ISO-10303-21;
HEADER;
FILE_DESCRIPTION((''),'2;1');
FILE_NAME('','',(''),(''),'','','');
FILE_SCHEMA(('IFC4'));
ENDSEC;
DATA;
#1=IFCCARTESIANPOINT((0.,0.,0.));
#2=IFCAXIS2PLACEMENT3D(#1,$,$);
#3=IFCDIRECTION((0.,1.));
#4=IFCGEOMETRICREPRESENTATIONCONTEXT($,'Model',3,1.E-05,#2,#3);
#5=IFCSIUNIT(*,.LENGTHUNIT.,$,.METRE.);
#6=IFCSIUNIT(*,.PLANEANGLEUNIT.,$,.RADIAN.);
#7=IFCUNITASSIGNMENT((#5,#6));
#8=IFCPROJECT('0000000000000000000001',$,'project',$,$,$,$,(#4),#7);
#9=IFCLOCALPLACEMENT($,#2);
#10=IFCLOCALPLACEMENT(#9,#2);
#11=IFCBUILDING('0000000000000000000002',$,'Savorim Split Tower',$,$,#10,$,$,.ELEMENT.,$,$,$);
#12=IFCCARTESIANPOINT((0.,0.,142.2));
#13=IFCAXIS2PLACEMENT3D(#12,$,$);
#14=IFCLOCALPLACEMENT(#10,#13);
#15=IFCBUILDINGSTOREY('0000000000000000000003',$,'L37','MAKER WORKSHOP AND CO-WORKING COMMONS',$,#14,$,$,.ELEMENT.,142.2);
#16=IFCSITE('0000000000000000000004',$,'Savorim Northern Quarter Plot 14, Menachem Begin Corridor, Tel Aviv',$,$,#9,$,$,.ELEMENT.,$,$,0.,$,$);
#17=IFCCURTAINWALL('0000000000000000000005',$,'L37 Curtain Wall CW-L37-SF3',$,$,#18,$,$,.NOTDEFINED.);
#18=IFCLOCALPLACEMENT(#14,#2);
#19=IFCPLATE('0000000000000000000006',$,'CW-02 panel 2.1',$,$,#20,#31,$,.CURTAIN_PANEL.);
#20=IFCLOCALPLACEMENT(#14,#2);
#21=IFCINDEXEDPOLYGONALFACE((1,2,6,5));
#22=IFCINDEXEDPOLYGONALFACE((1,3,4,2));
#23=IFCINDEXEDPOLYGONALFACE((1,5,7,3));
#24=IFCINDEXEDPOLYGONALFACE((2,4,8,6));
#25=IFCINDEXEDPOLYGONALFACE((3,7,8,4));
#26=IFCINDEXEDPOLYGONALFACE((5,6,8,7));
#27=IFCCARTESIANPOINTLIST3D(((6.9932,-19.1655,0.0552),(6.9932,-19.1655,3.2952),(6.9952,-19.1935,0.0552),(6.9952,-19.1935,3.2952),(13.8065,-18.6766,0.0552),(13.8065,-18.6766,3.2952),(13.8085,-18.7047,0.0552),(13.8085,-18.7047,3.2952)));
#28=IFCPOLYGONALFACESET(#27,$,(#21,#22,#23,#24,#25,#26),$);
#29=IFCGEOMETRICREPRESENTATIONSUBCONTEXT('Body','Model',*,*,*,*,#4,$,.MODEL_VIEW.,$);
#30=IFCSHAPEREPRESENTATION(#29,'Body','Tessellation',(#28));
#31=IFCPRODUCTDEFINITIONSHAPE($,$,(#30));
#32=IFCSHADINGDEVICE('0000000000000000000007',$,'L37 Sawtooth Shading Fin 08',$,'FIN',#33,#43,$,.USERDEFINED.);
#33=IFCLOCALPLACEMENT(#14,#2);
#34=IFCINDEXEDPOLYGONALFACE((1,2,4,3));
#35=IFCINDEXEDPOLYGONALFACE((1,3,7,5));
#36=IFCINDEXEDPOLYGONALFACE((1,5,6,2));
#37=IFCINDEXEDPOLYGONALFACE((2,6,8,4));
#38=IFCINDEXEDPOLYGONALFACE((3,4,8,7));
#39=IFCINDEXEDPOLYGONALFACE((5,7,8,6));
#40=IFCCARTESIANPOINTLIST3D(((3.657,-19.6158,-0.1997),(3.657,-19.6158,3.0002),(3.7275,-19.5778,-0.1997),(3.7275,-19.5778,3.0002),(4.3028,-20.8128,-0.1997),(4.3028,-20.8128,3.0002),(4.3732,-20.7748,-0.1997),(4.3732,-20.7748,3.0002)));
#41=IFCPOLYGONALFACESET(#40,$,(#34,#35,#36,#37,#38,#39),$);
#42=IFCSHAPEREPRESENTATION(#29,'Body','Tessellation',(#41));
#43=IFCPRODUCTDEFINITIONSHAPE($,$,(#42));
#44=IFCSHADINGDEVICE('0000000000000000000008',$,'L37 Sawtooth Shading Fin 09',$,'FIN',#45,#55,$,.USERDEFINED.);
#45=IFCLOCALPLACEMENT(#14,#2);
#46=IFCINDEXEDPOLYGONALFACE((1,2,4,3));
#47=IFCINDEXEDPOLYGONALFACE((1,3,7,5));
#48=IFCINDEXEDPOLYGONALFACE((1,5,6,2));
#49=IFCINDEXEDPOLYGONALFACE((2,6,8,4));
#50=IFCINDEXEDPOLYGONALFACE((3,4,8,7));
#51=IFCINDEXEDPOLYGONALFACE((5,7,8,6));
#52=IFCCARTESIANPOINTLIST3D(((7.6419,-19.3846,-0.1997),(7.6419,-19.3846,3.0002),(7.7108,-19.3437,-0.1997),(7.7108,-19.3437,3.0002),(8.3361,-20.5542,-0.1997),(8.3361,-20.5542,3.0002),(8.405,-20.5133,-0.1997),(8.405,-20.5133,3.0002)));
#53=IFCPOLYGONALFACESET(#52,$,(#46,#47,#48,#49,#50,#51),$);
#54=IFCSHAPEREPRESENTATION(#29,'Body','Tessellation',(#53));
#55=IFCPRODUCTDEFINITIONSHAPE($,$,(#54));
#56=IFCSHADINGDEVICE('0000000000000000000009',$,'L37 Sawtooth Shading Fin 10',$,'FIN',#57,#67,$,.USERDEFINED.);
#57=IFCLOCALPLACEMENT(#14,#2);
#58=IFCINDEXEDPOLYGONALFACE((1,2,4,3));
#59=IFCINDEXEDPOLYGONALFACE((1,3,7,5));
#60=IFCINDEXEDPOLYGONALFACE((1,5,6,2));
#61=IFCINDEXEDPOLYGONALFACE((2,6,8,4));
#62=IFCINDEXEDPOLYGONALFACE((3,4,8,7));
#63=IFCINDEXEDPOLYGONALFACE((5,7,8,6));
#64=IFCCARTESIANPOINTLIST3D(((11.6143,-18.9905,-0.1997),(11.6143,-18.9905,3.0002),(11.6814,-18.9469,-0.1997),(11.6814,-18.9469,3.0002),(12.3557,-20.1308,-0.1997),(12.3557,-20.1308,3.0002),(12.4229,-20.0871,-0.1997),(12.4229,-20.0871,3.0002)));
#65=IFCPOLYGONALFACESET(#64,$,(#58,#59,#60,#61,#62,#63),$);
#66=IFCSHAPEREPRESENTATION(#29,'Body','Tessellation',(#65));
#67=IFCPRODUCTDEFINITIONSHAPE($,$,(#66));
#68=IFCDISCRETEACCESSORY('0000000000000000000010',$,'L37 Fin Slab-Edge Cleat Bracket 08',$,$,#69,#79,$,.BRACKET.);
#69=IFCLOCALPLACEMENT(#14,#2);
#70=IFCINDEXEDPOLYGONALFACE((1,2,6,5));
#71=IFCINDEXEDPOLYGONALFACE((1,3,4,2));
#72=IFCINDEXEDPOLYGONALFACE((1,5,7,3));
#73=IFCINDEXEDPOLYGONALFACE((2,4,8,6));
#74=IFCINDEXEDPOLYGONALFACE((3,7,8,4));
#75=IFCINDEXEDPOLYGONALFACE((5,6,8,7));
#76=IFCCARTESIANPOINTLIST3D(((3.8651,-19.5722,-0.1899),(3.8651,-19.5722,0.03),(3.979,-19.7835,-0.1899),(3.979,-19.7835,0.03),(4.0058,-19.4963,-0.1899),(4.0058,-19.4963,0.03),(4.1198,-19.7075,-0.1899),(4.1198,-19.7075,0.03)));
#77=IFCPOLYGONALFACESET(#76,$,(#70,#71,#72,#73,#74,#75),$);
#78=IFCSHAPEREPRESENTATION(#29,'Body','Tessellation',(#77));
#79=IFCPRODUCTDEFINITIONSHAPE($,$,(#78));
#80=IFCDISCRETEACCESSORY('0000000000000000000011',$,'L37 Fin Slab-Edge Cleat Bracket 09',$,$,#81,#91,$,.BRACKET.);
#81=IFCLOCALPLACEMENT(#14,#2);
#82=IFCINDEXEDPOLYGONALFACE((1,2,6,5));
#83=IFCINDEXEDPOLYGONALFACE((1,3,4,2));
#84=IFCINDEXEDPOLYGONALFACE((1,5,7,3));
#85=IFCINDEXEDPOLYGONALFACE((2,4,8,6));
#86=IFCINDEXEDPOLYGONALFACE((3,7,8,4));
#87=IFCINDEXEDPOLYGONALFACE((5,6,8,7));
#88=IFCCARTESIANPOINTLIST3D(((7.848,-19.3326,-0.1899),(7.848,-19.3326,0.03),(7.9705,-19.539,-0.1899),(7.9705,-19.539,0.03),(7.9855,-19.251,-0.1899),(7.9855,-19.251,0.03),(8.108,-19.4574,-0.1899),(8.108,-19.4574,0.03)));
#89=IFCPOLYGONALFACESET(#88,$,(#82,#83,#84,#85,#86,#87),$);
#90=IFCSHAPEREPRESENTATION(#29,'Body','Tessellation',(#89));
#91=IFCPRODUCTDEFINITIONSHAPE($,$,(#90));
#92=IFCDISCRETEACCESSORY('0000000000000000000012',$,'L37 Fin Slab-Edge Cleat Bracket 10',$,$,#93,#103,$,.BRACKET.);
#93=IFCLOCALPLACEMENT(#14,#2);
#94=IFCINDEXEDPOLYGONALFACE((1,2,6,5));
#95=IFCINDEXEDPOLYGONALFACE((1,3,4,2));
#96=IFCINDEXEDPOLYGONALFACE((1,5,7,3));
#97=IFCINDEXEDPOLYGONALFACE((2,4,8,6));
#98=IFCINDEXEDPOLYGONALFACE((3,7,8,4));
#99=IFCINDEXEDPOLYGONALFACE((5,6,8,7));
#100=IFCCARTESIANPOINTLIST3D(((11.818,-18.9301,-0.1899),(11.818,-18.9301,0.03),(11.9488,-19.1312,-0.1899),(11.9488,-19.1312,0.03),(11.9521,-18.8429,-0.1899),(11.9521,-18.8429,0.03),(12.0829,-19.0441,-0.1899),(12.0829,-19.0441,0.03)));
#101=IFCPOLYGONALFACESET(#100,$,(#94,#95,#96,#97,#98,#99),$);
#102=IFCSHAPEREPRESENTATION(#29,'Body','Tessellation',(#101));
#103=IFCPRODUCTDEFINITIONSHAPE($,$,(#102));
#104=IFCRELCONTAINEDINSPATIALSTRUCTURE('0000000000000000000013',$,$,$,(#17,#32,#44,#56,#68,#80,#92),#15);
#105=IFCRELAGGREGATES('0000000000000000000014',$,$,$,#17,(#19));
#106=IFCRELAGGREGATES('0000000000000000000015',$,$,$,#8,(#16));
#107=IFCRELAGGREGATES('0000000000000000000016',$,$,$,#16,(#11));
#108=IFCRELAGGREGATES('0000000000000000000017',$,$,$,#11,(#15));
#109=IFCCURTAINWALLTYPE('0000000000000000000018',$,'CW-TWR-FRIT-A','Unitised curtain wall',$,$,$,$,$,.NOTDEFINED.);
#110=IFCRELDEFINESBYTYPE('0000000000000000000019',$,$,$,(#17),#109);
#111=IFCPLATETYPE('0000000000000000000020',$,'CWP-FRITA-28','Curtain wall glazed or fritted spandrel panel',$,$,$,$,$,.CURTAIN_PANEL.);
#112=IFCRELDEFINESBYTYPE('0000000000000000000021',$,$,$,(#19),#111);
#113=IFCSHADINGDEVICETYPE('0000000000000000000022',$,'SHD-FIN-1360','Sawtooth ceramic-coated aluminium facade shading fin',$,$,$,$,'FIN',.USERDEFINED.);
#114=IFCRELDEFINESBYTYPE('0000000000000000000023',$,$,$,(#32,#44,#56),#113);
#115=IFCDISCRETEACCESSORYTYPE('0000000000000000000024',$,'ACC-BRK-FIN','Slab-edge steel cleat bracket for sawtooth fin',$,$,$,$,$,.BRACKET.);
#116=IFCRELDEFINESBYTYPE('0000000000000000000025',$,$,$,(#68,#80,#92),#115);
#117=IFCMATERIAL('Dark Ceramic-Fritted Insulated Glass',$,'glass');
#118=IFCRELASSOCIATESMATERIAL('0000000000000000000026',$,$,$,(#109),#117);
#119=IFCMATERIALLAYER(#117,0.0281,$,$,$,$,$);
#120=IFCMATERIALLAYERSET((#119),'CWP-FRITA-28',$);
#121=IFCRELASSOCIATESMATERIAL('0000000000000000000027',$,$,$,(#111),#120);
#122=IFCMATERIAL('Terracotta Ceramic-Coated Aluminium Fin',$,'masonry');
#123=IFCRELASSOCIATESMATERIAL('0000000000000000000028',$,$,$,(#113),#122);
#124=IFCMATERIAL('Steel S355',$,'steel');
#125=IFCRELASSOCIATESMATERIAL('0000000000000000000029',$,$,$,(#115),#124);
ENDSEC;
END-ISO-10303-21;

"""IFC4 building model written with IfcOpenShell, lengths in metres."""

from ifc_helpers import new_model, si_unit, direction, frame, origin, origin_2d, place, context, subcontext, project, spatial, rectangle, extrude, material, layer, layer_set, type_object, element, aggregate, save


model = new_model("IFC4")

# Units and contexts
model_context = context("Model", 3, precision=1e-05, world=origin(), true_north=direction((0.0, 1.0)))
body_context = subcontext(model_context, "Body", "Model", "MODEL_VIEW")
ifc_project = project(units=[si_unit("LENGTHUNIT", "METRE"), si_unit("PLANEANGLEUNIT", "RADIAN")], contexts=[model_context])

# Site, building, storey
site_placement = place(None, origin())
site = spatial("IfcSite", under=ifc_project, at=site_placement, Name="Savorim Northern Quarter Plot 14, Menachem Begin Corridor, Tel Aviv", CompositionType="ELEMENT", RefElevation=0.0)
building_placement = place(site_placement, origin())
building = spatial("IfcBuilding", under=site, at=building_placement, Name="Savorim Split Tower", CompositionType="ELEMENT")
storey_placement = place(building_placement, frame((0.0, 0.0, 142.2)))
storey = spatial("IfcBuildingStorey", under=building, at=storey_placement, Name="L37", Description="MAKER WORKSHOP AND CO-WORKING COMMONS", CompositionType="ELEMENT", Elevation=142.2)

# Curtain wall
ifc_material_1 = material(Name="Dark Ceramic-Fritted Insulated Glass", Category="glass")
curtain_wall_type = type_object("IfcCurtainWallType", Name="CW-TWR-FRIT-A", Description="Unitised curtain wall", PredefinedType="NOTDEFINED", material=ifc_material_1)
curtain_wall_1_placement = place(storey_placement, origin())
curtain_wall_1 = element("IfcCurtainWall", 1, at=curtain_wall_1_placement, inside=storey, type_object=curtain_wall_type, Name="L37 Curtain Wall CW-L37-SF3", PredefinedType="NOTDEFINED")

# Plate
ifc_layer = layer(ifc_material_1, 0.0281)
ifc_layer_set = layer_set([ifc_layer], Name="CWP-FRITA-28")
plate_type = type_object("IfcPlateType", Name="CWP-FRITA-28", Description="Curtain wall glazed or fritted spandrel panel", PredefinedType="CURTAIN_PANEL", material=ifc_layer_set)
plate_1_placement = place(storey_placement, frame((10.4009, -18.9351, 0.0552), z_axis=(0.0, 0.0, 1.0), x_axis=(0.997436, 0.071561, 0.0)))
plate_1 = element("IfcPlate", 2, at=plate_1_placement, type_object=plate_type, Name="CW-02 panel 2.1", PredefinedType="CURTAIN_PANEL", context=body_context, shape_type="SweptSolid", body=[
    extrude(rectangle(XDim=6.8308, YDim=0.0281, at=origin_2d()), origin(), (0.0, 0.0, 1.0), 3.24),
])
aggregate(curtain_wall_1, [plate_1])

# Shading devices
ifc_material_2 = material(Name="Terracotta Ceramic-Coated Aluminium Fin", Category="masonry")
shading_device_type = type_object("IfcShadingDeviceType", Name="SHD-FIN-1360", Description="Sawtooth ceramic-coated aluminium facade shading fin", ElementType="FIN", PredefinedType="USERDEFINED", material=ifc_material_2)
for number, where, z_axis, x_axis, name in (
    (3, (4.0151, -20.1953, -0.1997), (0.0, 0.0, 1.0), (0.474778, -0.880106, 0.0), "L37 Sawtooth Shading Fin 08"),
    (4, (8.0234, -19.949, -0.1997), (0.0, 0.0, 1.0), (0.510391, -0.859942, 0.0), "L37 Sawtooth Shading Fin 09"),
    (5, (12.0186, -19.5388, -0.1997), (0.0, 0.0, 1.0), (0.545148, -0.83834, 0.0), "L37 Sawtooth Shading Fin 10"),
):
    element("IfcShadingDevice", number, at=place(storey_placement, frame(where, z_axis=z_axis, x_axis=x_axis)), inside=storey, type_object=shading_device_type, Name=name, ObjectType="FIN", PredefinedType="USERDEFINED", context=body_context, shape_type="SweptSolid", body=[
        extrude(rectangle(XDim=1.3601, YDim=0.0801, at=origin_2d()), origin(), (0.0, 0.0, 1.0), 3.2),
    ])

# Discrete accessories
ifc_material_3 = material(Name="Steel S355", Category="steel")
discrete_accessory_type = type_object("IfcDiscreteAccessoryType", Name="ACC-BRK-FIN", Description="Slab-edge steel cleat bracket for sawtooth fin", PredefinedType="BRACKET", material=ifc_material_3)
for number, where, z_axis, x_axis, name in (
    (6, (3.9924, -19.6399, -0.1899), (0.0, 0.0, 1.0), (0.474778, -0.880106, 0.0), "L37 Fin Slab-Edge Cleat Bracket 08"),
    (7, (7.978, -19.395, -0.1899), (0.0, 0.0, 1.0), (0.510391, -0.859942, 0.0), "L37 Fin Slab-Edge Cleat Bracket 09"),
    (8, (11.9504, -18.9871, -0.1899), (0.0, 0.0, 1.0), (0.545148, -0.83834, 0.0), "L37 Fin Slab-Edge Cleat Bracket 10"),
):
    element("IfcDiscreteAccessory", number, at=place(storey_placement, frame(where, z_axis=z_axis, x_axis=x_axis)), inside=storey, type_object=discrete_accessory_type, Name=name, PredefinedType="BRACKET", context=body_context, shape_type="SweptSolid", body=[
        extrude(rectangle(XDim=0.24, YDim=0.1599, at=origin_2d()), origin(), (0.0, 0.0, 1.0), 0.22),
    ])

save(model, "model.ifc")
